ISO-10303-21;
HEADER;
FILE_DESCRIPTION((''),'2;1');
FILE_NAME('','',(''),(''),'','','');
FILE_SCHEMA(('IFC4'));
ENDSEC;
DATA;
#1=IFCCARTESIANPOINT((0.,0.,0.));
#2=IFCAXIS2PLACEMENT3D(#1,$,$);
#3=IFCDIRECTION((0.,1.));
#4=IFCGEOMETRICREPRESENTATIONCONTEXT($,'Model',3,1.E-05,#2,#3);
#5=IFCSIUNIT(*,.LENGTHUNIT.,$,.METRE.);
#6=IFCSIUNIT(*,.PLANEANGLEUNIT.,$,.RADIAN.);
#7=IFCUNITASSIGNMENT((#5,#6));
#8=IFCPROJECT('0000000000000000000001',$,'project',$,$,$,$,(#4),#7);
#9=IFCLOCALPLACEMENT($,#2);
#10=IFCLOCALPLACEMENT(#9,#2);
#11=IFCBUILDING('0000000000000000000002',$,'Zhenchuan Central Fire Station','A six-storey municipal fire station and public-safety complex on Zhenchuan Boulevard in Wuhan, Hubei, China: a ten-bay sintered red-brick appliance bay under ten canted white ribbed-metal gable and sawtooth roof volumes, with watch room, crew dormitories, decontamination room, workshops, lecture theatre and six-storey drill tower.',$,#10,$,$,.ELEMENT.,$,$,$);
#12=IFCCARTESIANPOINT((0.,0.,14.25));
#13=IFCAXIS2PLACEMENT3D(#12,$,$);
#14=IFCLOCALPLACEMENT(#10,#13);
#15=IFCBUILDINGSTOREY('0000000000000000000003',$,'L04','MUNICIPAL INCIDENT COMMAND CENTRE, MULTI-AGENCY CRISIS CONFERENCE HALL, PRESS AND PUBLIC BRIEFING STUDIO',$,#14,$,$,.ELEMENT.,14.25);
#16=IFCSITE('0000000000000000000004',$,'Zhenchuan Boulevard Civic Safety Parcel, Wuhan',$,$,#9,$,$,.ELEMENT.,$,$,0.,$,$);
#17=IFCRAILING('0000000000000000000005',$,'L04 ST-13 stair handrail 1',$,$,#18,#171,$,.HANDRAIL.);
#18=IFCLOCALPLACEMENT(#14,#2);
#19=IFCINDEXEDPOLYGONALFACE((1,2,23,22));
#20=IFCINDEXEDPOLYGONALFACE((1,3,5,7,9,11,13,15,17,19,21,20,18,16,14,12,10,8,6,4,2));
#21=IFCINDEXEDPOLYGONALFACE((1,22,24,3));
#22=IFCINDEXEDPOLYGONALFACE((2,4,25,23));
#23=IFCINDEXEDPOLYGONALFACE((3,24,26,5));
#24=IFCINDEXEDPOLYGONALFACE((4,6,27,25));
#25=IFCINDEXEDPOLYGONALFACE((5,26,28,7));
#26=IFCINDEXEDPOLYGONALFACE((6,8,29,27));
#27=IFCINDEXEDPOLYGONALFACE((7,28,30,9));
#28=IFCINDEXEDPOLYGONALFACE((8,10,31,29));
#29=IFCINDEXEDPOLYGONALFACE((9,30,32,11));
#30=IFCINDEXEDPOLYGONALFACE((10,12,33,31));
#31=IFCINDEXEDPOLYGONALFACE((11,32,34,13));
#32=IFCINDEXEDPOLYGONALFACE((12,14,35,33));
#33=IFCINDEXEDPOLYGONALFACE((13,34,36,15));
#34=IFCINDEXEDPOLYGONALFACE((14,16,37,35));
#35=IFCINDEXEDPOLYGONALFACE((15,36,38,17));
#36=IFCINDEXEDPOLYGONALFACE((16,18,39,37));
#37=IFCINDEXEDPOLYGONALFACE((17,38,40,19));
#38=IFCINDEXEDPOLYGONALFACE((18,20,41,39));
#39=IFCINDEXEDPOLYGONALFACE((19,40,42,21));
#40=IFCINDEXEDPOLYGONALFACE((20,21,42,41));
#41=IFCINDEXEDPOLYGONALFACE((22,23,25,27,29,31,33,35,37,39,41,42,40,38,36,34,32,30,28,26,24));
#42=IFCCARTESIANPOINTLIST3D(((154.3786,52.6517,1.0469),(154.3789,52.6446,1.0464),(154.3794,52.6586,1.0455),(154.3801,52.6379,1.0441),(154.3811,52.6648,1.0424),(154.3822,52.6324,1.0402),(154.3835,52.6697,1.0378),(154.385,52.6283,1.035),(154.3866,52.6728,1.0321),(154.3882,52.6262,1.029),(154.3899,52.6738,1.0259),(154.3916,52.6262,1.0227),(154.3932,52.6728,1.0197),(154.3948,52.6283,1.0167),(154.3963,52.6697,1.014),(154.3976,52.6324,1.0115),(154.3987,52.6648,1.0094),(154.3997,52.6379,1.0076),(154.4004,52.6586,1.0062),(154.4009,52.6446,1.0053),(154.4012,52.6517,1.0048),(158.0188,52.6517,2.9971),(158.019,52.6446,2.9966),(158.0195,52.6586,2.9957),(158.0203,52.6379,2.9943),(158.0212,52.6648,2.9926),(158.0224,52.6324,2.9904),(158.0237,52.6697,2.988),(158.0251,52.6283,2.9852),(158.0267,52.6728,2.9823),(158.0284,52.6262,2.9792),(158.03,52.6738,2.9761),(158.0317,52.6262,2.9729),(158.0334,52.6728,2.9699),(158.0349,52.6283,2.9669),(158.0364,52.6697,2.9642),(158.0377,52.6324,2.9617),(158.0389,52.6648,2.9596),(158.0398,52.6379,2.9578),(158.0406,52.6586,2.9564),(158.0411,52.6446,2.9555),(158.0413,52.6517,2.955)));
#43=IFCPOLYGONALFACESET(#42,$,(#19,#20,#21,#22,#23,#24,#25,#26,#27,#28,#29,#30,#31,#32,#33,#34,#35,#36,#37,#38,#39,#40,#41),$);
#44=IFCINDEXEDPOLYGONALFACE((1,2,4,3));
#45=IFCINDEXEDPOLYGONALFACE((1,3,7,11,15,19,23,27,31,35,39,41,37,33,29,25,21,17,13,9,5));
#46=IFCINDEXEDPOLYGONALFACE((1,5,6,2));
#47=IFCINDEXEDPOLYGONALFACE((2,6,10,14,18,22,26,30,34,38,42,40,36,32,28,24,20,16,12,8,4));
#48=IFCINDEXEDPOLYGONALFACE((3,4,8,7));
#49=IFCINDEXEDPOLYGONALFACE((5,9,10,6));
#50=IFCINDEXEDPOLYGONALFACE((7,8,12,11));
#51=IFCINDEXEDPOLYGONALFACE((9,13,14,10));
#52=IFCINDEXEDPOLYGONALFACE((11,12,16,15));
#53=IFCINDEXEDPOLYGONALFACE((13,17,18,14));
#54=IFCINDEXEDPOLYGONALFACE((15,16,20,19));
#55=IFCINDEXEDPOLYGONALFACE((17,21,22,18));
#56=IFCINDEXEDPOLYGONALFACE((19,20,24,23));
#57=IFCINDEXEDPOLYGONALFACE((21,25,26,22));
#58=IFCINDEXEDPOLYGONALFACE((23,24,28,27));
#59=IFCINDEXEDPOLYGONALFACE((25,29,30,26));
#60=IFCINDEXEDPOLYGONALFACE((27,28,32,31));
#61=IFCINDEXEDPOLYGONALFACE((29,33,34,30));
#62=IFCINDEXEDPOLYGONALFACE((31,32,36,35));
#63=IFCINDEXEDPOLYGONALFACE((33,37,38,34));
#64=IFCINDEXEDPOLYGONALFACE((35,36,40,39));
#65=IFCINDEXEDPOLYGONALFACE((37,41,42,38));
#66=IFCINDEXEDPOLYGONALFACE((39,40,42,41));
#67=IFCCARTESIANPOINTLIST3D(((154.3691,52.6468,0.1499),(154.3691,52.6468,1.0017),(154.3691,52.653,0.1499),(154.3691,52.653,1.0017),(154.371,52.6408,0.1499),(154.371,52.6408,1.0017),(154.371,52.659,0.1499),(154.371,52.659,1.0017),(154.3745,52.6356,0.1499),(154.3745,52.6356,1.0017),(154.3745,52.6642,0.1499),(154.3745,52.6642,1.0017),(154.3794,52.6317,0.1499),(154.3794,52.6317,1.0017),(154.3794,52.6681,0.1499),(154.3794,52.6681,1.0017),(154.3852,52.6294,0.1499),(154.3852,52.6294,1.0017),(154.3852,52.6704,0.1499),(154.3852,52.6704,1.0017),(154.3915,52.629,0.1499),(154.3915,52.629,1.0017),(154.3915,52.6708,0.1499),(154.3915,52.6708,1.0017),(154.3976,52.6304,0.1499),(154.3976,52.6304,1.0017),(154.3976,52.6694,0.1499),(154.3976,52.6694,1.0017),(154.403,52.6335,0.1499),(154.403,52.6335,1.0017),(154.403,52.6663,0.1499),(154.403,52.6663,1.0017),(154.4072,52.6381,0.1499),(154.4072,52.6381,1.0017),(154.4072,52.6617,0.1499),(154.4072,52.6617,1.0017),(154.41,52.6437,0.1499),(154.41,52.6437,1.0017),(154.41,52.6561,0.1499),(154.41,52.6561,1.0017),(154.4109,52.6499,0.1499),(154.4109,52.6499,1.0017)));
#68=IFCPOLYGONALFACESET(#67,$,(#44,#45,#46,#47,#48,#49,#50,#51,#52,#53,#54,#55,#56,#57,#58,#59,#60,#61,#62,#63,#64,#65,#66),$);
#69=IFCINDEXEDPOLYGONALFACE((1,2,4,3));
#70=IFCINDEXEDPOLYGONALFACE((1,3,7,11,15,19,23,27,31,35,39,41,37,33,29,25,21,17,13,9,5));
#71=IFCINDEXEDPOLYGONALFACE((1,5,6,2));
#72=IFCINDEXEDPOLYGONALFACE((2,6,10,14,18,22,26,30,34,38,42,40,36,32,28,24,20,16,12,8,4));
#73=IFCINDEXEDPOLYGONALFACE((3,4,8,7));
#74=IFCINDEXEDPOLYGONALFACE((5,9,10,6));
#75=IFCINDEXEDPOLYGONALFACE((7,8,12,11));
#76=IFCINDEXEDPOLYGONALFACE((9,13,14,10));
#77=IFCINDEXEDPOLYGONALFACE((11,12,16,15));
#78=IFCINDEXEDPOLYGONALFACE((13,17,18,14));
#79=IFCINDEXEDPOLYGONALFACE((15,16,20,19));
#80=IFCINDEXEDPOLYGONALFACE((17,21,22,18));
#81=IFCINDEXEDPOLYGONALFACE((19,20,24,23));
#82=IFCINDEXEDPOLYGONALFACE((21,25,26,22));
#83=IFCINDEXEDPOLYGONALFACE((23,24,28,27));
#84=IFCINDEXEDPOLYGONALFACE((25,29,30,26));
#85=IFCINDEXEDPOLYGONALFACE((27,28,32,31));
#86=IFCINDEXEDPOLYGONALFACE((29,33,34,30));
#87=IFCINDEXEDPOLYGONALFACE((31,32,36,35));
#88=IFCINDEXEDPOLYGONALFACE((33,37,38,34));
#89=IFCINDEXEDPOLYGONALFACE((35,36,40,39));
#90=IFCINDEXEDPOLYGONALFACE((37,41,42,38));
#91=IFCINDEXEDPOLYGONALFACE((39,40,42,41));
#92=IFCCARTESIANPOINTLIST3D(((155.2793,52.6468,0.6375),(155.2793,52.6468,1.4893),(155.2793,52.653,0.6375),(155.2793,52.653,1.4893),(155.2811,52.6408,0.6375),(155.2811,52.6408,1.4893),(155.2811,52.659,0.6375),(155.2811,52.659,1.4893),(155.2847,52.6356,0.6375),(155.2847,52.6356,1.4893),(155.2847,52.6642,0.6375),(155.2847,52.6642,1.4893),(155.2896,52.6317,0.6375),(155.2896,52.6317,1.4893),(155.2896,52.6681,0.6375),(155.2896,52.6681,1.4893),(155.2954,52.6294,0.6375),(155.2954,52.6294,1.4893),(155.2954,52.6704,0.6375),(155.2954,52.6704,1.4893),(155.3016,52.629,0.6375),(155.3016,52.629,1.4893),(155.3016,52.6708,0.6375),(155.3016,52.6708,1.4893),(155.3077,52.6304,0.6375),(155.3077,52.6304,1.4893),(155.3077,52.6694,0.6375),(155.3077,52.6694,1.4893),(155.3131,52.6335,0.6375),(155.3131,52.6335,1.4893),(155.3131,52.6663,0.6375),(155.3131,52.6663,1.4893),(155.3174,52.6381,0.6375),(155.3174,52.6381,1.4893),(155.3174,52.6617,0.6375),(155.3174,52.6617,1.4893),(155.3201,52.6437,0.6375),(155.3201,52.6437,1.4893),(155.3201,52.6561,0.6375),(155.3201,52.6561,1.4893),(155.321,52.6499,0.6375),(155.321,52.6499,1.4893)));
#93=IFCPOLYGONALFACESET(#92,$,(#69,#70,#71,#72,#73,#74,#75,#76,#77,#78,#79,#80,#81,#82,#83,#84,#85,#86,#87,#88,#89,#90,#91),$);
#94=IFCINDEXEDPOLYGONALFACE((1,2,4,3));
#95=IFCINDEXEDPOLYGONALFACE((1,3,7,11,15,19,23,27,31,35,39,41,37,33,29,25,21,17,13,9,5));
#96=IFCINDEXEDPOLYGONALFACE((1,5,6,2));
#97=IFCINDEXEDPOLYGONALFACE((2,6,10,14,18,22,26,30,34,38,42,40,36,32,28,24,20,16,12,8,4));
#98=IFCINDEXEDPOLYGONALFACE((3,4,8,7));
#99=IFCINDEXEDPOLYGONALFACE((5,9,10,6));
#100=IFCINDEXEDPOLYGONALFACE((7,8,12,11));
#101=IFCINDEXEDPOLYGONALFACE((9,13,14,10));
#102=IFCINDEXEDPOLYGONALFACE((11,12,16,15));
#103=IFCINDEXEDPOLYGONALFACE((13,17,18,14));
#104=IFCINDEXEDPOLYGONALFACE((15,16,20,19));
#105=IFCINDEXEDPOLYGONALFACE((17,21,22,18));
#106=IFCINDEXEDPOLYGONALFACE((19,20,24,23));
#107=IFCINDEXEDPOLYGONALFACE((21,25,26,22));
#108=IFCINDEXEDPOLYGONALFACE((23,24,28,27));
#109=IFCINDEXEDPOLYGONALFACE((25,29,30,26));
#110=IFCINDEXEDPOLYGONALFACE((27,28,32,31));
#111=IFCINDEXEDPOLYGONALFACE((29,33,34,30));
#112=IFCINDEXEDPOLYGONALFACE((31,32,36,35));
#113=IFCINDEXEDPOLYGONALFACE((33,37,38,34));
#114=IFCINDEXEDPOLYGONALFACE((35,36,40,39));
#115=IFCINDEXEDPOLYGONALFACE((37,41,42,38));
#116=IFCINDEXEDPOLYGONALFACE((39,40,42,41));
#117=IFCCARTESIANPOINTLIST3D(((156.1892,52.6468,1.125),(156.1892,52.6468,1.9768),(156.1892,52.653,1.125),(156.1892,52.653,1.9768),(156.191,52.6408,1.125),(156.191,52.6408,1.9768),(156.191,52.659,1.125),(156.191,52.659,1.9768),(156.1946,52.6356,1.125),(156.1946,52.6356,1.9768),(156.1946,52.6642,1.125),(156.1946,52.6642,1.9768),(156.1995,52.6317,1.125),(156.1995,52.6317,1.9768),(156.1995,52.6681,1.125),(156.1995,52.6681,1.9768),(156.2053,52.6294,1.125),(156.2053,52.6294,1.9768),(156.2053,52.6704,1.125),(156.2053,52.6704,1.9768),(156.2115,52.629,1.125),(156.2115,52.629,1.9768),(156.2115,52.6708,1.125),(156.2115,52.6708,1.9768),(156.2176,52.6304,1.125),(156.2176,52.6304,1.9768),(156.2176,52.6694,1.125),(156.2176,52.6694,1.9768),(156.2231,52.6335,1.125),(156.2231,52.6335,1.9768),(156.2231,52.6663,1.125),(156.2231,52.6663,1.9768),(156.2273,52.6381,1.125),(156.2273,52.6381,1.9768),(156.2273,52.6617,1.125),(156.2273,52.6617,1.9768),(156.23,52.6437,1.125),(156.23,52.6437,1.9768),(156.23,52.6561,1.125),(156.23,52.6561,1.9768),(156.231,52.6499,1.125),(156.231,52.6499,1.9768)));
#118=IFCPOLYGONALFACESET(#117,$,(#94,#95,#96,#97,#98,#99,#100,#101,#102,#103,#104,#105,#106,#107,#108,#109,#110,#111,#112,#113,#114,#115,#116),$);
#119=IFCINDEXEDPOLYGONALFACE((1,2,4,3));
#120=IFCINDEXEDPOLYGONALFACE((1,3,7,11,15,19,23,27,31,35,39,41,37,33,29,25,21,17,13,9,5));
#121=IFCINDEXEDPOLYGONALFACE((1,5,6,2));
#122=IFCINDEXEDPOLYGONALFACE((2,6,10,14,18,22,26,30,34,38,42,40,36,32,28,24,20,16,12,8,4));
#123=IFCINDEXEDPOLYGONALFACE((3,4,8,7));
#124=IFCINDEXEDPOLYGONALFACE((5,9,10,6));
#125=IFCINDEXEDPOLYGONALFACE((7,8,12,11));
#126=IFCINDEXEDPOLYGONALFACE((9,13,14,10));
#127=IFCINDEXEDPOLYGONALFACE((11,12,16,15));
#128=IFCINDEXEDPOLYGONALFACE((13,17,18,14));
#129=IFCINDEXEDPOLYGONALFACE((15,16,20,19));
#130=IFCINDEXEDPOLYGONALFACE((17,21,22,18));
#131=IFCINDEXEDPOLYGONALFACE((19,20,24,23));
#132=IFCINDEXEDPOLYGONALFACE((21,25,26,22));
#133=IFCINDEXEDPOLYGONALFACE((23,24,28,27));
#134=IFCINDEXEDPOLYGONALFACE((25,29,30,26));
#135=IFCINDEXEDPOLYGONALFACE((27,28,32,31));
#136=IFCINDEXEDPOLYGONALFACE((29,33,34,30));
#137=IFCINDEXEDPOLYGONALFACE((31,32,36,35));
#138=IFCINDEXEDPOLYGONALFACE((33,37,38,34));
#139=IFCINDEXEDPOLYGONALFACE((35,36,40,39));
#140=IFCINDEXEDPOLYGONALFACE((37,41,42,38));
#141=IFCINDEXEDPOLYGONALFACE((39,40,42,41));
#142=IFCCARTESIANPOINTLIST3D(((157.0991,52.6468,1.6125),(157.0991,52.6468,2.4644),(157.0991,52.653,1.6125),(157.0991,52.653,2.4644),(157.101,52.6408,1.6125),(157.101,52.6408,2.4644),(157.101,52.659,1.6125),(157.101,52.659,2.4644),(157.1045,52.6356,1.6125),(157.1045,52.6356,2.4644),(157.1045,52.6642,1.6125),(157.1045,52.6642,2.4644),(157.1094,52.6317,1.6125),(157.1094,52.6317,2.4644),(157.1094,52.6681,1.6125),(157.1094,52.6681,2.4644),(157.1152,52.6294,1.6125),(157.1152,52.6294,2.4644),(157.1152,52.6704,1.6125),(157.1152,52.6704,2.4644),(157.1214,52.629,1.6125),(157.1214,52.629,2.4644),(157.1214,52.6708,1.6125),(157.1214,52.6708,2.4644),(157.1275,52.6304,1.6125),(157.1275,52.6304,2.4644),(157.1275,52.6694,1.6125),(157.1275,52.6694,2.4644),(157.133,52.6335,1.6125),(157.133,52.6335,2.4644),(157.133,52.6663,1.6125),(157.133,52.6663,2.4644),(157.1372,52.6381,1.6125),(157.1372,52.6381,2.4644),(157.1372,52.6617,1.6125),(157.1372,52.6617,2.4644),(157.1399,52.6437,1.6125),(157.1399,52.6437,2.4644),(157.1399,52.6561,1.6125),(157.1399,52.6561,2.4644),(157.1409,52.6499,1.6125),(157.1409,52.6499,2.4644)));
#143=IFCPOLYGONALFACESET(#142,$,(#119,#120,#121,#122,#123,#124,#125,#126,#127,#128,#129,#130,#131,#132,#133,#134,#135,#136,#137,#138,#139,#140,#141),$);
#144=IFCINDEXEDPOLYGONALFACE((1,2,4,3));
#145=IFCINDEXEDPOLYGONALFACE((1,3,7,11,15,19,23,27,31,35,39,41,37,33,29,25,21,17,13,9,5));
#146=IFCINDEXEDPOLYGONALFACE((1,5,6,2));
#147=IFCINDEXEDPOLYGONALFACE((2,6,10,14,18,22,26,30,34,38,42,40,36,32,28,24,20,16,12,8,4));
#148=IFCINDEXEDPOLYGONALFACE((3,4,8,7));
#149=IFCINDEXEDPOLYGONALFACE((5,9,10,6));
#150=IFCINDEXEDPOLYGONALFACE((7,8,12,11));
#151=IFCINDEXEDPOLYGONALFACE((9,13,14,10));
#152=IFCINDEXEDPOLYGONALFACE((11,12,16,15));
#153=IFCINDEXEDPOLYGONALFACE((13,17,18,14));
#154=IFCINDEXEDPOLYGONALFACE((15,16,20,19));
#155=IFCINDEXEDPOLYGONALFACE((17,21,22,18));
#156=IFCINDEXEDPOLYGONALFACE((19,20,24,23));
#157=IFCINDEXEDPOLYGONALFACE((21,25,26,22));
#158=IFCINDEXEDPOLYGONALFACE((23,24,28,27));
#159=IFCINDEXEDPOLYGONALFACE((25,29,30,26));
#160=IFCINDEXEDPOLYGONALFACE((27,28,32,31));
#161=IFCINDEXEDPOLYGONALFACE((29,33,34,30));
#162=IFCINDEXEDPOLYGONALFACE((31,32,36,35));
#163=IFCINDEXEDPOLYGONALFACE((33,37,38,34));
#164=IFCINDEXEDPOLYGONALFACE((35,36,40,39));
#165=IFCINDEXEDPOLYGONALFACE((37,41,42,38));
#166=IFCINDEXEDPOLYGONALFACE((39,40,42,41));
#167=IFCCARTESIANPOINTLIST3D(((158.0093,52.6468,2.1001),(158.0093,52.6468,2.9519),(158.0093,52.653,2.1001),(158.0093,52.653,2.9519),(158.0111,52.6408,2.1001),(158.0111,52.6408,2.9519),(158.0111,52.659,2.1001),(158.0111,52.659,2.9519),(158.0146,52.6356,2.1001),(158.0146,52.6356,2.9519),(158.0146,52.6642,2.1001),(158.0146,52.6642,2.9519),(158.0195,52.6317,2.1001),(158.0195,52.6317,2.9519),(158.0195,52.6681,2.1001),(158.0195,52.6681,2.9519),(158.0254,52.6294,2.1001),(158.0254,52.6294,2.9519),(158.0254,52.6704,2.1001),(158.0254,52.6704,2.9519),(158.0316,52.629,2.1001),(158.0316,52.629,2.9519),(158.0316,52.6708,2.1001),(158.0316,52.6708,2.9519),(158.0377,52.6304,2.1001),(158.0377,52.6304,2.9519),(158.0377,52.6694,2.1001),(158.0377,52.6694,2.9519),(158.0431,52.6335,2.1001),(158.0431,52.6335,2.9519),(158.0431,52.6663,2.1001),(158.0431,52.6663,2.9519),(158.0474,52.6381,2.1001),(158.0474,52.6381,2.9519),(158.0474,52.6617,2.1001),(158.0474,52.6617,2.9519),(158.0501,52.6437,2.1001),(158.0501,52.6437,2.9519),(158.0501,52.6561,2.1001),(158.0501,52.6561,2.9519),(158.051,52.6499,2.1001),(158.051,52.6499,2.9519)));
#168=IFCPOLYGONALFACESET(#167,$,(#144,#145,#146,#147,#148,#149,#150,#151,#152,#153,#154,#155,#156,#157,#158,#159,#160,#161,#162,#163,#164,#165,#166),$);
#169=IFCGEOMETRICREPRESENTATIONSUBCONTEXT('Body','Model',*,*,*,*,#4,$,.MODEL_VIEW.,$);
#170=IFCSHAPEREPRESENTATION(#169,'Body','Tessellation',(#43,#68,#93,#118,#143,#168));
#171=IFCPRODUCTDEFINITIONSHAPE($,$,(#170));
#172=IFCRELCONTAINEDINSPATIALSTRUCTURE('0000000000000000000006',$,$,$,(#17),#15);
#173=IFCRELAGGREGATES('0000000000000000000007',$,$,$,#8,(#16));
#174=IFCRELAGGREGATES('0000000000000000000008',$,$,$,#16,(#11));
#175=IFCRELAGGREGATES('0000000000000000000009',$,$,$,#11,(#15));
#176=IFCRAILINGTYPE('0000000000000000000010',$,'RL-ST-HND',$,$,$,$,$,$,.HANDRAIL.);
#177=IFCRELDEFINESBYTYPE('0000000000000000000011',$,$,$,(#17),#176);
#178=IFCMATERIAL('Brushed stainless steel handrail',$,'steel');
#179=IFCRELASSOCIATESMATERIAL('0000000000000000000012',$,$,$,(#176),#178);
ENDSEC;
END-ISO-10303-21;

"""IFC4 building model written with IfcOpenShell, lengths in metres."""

from ifc_helpers import new_model, si_unit, direction, frame, origin, origin_2d, place, context, subcontext, project, spatial, circle, extrude, material, type_object, element, save


model = new_model("IFC4")

# Units and contexts
model_context = context("Model", 3, precision=1e-05, world=origin(), true_north=direction((0.0, 1.0)))
body_context = subcontext(model_context, "Body", "Model", "MODEL_VIEW")
ifc_project = project(units=[si_unit("LENGTHUNIT", "METRE"), si_unit("PLANEANGLEUNIT", "RADIAN")], contexts=[model_context])

# Site, building, storey
site_placement = place(None, origin())
site = spatial("IfcSite", under=ifc_project, at=site_placement, Name="Zhenchuan Boulevard Civic Safety Parcel, Wuhan", CompositionType="ELEMENT", RefElevation=0.0)
building_placement = place(site_placement, origin())
building = spatial("IfcBuilding", under=site, at=building_placement, Name="Zhenchuan Central Fire Station", Description="A six-storey municipal fire station and public-safety complex on Zhenchuan Boulevard in Wuhan, Hubei, China: a ten-bay sintered red-brick appliance bay under ten canted white ribbed-metal gable and sawtooth roof volumes, with watch room, crew dormitories, decontamination room, workshops, lecture theatre and six-storey drill tower.", CompositionType="ELEMENT")
storey_placement = place(building_placement, frame((0.0, 0.0, 14.25)))
storey = spatial("IfcBuildingStorey", under=building, at=storey_placement, Name="L04", Description="MUNICIPAL INCIDENT COMMAND CENTRE, MULTI-AGENCY CRISIS CONFERENCE HALL, PRESS AND PUBLIC BRIEFING STUDIO", CompositionType="ELEMENT", Elevation=14.25)

# Railing
ifc_material_1 = material(Name="Brushed stainless steel handrail", Category="steel")
railing_type_1 = type_object("IfcRailingType", Name="RL-ST-HND", PredefinedType="HANDRAIL", material=ifc_material_1)
railing_1_placement = place(storey_placement, frame((154.3899, 52.6499, 0.1499)))
element("IfcRailing", 1, at=railing_1_placement, inside=storey, type_object=railing_type_1, Name="L04 ST-13 stair handrail 1", PredefinedType="HANDRAIL", context=body_context, shape_type="SweptSolid", body=[
    extrude(circle(Radius=0.0239, at=origin_2d()), frame((0.0, 0.0, 0.876), z_axis=(0.881468, 0.0, 0.472244), x_axis=(0.0, 1.0, 0.0)), (0.0, 0.0, 1.0), 4.1296),
    extrude(circle(Radius=0.021, at=origin_2d()), origin(), (0.0, 0.0, 1.0), 0.8518),
    extrude(circle(Radius=0.021, at=origin_2d()), frame((0.9102, 0.0, 0.4875)), (0.0, 0.0, 1.0), 0.8518),
    extrude(circle(Radius=0.021, at=origin_2d()), frame((1.8201, 0.0, 0.9751)), (0.0, 0.0, 1.0), 0.8518),
    extrude(circle(Radius=0.021, at=origin_2d()), frame((2.73, 0.0, 1.4626)), (0.0, 0.0, 1.0), 0.8518),
    extrude(circle(Radius=0.021, at=origin_2d()), frame((3.6401, 0.0, 1.9502)), (0.0, 0.0, 1.0), 0.8518),
])

save(model, "model.ifc")
